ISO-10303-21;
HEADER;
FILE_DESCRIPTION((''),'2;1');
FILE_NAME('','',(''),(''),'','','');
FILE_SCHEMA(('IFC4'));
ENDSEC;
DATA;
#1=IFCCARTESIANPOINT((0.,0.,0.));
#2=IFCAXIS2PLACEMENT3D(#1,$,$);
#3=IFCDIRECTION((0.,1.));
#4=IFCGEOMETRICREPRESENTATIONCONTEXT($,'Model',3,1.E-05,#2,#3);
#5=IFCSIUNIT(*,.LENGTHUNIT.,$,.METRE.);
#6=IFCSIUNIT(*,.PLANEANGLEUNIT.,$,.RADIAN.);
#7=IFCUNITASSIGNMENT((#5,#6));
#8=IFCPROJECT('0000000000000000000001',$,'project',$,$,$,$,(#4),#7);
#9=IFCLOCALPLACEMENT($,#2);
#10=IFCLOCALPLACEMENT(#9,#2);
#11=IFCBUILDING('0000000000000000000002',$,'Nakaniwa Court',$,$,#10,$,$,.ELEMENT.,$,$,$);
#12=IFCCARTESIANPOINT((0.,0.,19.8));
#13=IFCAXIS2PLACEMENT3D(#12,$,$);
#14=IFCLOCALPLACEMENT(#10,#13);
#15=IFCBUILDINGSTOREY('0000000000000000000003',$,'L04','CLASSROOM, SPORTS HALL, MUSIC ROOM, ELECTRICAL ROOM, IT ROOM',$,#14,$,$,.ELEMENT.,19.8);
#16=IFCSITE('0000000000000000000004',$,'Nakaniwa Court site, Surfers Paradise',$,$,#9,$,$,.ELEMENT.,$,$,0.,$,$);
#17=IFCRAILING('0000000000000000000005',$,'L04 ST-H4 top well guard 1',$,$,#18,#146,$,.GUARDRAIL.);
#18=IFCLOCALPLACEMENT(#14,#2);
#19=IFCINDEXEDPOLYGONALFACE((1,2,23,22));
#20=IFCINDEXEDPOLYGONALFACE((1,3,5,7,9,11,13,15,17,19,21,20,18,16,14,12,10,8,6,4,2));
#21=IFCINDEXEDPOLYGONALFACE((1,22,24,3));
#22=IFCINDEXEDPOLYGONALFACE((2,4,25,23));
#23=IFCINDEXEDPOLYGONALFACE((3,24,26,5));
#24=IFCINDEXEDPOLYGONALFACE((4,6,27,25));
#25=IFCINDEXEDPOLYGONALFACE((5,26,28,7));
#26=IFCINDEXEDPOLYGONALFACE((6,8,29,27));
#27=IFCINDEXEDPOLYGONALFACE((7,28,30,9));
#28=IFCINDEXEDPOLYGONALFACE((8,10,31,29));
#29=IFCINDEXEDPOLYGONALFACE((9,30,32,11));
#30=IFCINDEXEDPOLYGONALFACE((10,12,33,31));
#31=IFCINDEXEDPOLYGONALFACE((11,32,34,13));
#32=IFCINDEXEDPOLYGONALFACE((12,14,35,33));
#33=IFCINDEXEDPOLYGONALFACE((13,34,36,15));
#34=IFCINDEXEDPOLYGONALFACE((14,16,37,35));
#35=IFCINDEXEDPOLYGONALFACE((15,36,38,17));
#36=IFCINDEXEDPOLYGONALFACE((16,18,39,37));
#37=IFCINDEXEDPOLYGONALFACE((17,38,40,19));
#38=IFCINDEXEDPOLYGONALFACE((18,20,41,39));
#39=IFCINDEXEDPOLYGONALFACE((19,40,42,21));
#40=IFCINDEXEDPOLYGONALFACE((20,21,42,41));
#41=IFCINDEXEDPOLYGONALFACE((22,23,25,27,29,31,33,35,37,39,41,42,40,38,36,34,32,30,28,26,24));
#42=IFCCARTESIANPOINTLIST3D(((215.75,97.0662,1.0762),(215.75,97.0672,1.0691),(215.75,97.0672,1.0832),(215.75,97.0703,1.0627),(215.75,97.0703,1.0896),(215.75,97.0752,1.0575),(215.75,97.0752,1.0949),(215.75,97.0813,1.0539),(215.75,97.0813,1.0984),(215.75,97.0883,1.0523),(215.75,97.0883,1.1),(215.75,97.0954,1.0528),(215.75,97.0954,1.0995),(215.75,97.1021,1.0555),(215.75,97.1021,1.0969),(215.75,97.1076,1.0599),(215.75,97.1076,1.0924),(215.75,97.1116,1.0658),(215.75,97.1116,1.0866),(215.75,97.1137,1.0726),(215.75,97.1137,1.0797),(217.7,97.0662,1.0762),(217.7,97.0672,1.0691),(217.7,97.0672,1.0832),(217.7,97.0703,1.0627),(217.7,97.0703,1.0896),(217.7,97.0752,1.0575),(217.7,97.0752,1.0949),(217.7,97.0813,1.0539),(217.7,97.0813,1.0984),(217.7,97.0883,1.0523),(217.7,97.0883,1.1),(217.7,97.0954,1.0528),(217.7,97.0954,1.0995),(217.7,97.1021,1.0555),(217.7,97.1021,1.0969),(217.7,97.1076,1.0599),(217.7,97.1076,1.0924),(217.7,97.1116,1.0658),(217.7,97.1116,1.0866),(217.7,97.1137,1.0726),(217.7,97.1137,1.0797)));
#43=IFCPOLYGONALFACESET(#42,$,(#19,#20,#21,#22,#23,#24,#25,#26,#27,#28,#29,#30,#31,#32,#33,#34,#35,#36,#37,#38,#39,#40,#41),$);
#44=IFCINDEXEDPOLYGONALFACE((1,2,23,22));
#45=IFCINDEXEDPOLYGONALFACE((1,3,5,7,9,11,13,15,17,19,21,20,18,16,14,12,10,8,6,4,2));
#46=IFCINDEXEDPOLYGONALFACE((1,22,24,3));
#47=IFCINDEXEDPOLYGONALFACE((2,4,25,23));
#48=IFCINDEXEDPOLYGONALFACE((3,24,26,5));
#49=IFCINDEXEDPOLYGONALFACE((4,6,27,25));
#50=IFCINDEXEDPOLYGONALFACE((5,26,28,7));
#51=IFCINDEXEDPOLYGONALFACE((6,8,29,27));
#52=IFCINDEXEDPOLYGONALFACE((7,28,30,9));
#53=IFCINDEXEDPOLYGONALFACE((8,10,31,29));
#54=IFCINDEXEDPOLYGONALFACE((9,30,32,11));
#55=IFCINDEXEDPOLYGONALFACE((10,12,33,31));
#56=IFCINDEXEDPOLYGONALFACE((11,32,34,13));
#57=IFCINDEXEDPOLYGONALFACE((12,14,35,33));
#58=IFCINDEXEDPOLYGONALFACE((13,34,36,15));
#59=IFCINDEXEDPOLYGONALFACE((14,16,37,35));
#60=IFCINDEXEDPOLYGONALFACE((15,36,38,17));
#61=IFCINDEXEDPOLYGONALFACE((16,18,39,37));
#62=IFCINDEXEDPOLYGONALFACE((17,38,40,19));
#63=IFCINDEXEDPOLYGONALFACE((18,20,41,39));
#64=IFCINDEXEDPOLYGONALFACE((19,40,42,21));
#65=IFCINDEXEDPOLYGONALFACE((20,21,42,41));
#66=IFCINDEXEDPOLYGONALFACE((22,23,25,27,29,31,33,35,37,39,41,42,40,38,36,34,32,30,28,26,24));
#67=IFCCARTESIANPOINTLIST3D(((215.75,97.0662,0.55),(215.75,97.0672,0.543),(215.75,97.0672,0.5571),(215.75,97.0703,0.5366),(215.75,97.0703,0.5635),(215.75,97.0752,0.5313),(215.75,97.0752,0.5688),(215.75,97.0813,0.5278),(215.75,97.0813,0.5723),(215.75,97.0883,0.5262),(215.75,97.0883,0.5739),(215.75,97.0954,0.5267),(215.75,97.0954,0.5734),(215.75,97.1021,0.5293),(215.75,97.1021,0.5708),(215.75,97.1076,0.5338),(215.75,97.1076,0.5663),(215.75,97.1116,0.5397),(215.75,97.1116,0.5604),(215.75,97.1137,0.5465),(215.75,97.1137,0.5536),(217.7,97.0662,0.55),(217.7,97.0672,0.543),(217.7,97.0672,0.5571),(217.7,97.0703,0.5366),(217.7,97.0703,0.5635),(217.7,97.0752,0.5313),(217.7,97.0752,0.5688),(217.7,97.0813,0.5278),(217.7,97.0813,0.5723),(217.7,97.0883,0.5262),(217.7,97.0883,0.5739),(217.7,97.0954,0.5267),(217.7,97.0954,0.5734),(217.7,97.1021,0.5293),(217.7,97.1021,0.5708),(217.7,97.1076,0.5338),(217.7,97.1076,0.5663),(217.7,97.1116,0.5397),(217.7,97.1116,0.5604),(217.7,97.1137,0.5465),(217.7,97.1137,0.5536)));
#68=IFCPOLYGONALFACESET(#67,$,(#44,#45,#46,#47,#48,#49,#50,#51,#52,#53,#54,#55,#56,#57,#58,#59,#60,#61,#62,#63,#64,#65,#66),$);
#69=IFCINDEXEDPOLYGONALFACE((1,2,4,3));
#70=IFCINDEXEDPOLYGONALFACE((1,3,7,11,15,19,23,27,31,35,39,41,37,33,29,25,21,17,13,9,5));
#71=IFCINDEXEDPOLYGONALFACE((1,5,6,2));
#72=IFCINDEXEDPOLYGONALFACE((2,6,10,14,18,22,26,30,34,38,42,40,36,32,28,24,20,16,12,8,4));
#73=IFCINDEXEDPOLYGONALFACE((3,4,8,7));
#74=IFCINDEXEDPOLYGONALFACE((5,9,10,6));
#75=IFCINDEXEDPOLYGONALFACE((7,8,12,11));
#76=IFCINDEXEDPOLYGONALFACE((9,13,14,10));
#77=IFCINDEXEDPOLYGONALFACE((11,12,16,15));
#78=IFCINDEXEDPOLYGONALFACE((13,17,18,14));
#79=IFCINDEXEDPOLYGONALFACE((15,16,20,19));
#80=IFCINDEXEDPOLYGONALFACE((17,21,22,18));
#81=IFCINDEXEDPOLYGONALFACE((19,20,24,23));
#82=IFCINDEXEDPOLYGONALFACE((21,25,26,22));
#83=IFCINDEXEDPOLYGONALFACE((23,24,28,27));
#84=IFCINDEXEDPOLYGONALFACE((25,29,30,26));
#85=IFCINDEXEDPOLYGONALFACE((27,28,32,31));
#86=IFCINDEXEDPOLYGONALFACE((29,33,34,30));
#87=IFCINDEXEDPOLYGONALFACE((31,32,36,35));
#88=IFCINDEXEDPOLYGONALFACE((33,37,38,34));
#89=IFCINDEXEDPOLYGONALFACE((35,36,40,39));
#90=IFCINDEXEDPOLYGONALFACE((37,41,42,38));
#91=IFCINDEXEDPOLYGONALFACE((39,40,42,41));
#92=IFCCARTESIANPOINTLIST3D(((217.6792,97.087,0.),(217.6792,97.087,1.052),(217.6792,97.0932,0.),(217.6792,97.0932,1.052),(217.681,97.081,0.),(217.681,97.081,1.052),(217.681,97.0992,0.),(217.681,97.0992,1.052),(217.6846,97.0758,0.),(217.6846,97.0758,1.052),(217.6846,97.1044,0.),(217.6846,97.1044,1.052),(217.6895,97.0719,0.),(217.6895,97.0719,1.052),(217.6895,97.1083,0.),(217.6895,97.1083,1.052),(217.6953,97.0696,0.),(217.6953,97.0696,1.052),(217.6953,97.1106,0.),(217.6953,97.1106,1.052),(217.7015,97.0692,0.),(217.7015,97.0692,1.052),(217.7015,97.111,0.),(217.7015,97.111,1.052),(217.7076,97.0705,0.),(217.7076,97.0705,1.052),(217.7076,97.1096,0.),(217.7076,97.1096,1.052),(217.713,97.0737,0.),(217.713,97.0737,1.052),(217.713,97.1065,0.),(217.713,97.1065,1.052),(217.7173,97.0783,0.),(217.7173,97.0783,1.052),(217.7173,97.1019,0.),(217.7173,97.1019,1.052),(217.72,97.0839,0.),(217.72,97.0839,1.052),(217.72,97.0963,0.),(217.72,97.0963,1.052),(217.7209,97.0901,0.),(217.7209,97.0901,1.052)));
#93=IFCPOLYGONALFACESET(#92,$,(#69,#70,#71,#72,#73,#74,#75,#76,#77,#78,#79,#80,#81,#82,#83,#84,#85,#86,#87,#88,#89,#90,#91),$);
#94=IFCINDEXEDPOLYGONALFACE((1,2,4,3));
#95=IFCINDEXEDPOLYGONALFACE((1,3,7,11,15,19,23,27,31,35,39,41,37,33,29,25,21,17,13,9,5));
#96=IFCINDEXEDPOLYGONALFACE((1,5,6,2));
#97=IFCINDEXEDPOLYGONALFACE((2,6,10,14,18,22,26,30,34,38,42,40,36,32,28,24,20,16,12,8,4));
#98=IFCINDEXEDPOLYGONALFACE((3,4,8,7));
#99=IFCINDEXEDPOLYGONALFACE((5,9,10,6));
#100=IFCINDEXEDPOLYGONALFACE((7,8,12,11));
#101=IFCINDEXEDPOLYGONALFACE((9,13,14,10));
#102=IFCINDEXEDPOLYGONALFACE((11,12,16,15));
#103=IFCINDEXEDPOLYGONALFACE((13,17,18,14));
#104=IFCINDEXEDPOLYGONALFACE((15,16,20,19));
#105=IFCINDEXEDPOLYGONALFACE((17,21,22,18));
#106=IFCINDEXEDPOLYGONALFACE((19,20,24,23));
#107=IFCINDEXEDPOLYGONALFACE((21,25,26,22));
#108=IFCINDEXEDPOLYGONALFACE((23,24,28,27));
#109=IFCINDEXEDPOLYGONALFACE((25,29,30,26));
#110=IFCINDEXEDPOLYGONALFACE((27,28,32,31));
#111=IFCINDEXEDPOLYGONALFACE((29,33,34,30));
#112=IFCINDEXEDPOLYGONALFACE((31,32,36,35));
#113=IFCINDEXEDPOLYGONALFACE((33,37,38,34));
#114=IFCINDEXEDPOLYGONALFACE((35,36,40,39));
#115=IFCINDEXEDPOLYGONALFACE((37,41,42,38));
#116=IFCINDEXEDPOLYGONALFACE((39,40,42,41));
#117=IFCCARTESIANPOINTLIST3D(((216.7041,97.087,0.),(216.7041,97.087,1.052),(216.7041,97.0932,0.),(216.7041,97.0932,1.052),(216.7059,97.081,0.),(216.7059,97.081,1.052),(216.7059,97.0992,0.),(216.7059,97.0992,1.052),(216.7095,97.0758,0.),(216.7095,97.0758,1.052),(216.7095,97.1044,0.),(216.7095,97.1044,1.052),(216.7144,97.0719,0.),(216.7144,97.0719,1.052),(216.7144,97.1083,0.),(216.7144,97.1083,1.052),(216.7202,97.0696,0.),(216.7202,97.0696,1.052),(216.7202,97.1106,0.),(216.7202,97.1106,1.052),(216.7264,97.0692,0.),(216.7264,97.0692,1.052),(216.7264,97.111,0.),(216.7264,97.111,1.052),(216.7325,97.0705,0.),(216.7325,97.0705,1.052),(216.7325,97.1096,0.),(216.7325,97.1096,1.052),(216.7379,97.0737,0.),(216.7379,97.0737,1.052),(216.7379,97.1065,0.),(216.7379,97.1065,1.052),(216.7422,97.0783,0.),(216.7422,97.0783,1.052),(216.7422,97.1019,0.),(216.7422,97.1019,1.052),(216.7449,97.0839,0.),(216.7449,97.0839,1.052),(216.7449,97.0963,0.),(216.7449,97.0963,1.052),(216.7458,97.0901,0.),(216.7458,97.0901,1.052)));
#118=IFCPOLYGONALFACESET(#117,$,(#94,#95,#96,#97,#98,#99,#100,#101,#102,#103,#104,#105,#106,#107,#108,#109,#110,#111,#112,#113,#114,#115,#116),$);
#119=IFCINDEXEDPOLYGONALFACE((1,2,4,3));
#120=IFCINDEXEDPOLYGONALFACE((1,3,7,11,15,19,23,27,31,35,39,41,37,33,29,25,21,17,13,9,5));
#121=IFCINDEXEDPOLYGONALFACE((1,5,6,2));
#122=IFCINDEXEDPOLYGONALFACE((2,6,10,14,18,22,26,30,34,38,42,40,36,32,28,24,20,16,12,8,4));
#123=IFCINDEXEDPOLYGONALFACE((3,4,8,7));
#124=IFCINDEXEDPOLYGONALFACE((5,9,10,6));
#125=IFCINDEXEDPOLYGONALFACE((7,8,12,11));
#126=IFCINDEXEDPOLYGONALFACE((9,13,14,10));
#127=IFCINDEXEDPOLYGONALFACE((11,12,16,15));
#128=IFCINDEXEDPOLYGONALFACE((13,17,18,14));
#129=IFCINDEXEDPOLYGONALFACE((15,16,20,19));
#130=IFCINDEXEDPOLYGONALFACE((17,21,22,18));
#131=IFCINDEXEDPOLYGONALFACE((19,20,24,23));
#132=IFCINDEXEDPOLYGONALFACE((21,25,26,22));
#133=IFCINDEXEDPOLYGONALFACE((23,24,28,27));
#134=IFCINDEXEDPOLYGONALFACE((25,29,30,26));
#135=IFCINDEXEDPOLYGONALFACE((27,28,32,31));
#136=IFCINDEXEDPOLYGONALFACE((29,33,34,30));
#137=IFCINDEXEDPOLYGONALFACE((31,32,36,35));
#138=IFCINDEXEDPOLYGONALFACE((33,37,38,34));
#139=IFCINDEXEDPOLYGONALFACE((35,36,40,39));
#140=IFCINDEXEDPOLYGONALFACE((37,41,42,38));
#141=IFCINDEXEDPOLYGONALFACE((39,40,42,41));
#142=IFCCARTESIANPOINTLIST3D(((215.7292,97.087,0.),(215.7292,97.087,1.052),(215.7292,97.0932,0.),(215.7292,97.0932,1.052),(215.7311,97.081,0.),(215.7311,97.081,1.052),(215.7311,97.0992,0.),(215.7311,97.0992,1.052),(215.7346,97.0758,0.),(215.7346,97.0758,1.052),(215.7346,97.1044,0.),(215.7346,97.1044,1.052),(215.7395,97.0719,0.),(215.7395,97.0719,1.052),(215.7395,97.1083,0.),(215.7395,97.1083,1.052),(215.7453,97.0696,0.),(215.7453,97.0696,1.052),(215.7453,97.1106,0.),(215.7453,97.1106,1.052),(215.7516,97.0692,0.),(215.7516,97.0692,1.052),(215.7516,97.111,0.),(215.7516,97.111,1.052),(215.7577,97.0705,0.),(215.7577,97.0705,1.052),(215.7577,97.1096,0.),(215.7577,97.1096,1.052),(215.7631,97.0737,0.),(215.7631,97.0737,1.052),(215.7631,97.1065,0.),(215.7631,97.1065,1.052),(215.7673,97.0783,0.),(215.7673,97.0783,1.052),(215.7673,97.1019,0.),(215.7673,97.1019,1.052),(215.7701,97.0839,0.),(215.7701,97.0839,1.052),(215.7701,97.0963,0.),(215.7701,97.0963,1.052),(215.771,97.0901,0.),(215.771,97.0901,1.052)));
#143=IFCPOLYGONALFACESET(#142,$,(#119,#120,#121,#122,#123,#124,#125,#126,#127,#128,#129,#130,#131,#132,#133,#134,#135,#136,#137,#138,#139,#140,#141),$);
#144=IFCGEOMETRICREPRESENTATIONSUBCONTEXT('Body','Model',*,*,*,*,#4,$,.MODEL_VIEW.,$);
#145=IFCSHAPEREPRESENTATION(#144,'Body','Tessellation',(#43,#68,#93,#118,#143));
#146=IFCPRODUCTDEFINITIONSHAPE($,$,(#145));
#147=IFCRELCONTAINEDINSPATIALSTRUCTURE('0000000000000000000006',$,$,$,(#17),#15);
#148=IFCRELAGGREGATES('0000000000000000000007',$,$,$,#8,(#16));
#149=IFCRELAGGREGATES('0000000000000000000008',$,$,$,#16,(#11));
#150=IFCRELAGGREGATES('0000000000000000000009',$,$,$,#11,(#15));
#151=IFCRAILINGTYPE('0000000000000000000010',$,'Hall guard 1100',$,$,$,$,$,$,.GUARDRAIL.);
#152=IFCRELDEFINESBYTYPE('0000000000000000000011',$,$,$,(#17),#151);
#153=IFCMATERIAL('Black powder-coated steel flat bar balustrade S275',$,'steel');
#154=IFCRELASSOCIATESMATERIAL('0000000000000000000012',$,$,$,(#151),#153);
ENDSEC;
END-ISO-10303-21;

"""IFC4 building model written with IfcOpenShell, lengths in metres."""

from ifc_helpers import new_model, si_unit, direction, frame, origin, origin_2d, place, context, subcontext, project, spatial, circle, extrude, material, type_object, element, save


model = new_model("IFC4")

# Units and contexts
model_context = context("Model", 3, precision=1e-05, world=origin(), true_north=direction((0.0, 1.0)))
body_context = subcontext(model_context, "Body", "Model", "MODEL_VIEW")
ifc_project = project(units=[si_unit("LENGTHUNIT", "METRE"), si_unit("PLANEANGLEUNIT", "RADIAN")], contexts=[model_context])

# Site, building, storey
site_placement = place(None, origin())
site = spatial("IfcSite", under=ifc_project, at=site_placement, Name="Nakaniwa Court site, Surfers Paradise", CompositionType="ELEMENT", RefElevation=0.0)
building_placement = place(site_placement, origin())
building = spatial("IfcBuilding", under=site, at=building_placement, Name="Nakaniwa Court", CompositionType="ELEMENT")
storey_placement = place(building_placement, frame((0.0, 0.0, 19.8)))
storey = spatial("IfcBuildingStorey", under=building, at=storey_placement, Name="L04", Description="CLASSROOM, SPORTS HALL, MUSIC ROOM, ELECTRICAL ROOM, IT ROOM", CompositionType="ELEMENT", Elevation=19.8)

# Railing
ifc_material_1 = material(Name="Black powder-coated steel flat bar balustrade S275", Category="steel")
railing_type = type_object("IfcRailingType", Name="Hall guard 1100", PredefinedType="GUARDRAIL", material=ifc_material_1)
railing_placement = place(storey_placement, frame((217.7, 97.0901, 0.0)))
element("IfcRailing", 1, at=railing_placement, inside=storey, type_object=railing_type, Name="L04 ST-H4 top well guard 1", PredefinedType="GUARDRAIL", context=body_context, shape_type="SweptSolid", body=[
    extrude(circle(Radius=0.0239, at=origin_2d()), frame((0.0, 0.0, 1.0762), z_axis=(-1.0, 0.0, 0.0), x_axis=(0.0, -1.0, 0.0)), (0.0, 0.0, 1.0), 1.95),
    extrude(circle(Radius=0.0239, at=origin_2d()), frame((0.0, 0.0, 0.55), z_axis=(-1.0, 0.0, 0.0), x_axis=(0.0, -1.0, 0.0)), (0.0, 0.0, 1.0), 1.95),
    extrude(circle(Radius=0.021, at=origin_2d()), origin(), (0.0, 0.0, 1.0), 1.052),
    extrude(circle(Radius=0.021, at=origin_2d()), frame((-0.9751, 0.0, 0.0)), (0.0, 0.0, 1.0), 1.052),
    extrude(circle(Radius=0.021, at=origin_2d()), frame((-1.95, 0.0, 0.0)), (0.0, 0.0, 1.0), 1.052),
])

save(model, "model.ifc")
